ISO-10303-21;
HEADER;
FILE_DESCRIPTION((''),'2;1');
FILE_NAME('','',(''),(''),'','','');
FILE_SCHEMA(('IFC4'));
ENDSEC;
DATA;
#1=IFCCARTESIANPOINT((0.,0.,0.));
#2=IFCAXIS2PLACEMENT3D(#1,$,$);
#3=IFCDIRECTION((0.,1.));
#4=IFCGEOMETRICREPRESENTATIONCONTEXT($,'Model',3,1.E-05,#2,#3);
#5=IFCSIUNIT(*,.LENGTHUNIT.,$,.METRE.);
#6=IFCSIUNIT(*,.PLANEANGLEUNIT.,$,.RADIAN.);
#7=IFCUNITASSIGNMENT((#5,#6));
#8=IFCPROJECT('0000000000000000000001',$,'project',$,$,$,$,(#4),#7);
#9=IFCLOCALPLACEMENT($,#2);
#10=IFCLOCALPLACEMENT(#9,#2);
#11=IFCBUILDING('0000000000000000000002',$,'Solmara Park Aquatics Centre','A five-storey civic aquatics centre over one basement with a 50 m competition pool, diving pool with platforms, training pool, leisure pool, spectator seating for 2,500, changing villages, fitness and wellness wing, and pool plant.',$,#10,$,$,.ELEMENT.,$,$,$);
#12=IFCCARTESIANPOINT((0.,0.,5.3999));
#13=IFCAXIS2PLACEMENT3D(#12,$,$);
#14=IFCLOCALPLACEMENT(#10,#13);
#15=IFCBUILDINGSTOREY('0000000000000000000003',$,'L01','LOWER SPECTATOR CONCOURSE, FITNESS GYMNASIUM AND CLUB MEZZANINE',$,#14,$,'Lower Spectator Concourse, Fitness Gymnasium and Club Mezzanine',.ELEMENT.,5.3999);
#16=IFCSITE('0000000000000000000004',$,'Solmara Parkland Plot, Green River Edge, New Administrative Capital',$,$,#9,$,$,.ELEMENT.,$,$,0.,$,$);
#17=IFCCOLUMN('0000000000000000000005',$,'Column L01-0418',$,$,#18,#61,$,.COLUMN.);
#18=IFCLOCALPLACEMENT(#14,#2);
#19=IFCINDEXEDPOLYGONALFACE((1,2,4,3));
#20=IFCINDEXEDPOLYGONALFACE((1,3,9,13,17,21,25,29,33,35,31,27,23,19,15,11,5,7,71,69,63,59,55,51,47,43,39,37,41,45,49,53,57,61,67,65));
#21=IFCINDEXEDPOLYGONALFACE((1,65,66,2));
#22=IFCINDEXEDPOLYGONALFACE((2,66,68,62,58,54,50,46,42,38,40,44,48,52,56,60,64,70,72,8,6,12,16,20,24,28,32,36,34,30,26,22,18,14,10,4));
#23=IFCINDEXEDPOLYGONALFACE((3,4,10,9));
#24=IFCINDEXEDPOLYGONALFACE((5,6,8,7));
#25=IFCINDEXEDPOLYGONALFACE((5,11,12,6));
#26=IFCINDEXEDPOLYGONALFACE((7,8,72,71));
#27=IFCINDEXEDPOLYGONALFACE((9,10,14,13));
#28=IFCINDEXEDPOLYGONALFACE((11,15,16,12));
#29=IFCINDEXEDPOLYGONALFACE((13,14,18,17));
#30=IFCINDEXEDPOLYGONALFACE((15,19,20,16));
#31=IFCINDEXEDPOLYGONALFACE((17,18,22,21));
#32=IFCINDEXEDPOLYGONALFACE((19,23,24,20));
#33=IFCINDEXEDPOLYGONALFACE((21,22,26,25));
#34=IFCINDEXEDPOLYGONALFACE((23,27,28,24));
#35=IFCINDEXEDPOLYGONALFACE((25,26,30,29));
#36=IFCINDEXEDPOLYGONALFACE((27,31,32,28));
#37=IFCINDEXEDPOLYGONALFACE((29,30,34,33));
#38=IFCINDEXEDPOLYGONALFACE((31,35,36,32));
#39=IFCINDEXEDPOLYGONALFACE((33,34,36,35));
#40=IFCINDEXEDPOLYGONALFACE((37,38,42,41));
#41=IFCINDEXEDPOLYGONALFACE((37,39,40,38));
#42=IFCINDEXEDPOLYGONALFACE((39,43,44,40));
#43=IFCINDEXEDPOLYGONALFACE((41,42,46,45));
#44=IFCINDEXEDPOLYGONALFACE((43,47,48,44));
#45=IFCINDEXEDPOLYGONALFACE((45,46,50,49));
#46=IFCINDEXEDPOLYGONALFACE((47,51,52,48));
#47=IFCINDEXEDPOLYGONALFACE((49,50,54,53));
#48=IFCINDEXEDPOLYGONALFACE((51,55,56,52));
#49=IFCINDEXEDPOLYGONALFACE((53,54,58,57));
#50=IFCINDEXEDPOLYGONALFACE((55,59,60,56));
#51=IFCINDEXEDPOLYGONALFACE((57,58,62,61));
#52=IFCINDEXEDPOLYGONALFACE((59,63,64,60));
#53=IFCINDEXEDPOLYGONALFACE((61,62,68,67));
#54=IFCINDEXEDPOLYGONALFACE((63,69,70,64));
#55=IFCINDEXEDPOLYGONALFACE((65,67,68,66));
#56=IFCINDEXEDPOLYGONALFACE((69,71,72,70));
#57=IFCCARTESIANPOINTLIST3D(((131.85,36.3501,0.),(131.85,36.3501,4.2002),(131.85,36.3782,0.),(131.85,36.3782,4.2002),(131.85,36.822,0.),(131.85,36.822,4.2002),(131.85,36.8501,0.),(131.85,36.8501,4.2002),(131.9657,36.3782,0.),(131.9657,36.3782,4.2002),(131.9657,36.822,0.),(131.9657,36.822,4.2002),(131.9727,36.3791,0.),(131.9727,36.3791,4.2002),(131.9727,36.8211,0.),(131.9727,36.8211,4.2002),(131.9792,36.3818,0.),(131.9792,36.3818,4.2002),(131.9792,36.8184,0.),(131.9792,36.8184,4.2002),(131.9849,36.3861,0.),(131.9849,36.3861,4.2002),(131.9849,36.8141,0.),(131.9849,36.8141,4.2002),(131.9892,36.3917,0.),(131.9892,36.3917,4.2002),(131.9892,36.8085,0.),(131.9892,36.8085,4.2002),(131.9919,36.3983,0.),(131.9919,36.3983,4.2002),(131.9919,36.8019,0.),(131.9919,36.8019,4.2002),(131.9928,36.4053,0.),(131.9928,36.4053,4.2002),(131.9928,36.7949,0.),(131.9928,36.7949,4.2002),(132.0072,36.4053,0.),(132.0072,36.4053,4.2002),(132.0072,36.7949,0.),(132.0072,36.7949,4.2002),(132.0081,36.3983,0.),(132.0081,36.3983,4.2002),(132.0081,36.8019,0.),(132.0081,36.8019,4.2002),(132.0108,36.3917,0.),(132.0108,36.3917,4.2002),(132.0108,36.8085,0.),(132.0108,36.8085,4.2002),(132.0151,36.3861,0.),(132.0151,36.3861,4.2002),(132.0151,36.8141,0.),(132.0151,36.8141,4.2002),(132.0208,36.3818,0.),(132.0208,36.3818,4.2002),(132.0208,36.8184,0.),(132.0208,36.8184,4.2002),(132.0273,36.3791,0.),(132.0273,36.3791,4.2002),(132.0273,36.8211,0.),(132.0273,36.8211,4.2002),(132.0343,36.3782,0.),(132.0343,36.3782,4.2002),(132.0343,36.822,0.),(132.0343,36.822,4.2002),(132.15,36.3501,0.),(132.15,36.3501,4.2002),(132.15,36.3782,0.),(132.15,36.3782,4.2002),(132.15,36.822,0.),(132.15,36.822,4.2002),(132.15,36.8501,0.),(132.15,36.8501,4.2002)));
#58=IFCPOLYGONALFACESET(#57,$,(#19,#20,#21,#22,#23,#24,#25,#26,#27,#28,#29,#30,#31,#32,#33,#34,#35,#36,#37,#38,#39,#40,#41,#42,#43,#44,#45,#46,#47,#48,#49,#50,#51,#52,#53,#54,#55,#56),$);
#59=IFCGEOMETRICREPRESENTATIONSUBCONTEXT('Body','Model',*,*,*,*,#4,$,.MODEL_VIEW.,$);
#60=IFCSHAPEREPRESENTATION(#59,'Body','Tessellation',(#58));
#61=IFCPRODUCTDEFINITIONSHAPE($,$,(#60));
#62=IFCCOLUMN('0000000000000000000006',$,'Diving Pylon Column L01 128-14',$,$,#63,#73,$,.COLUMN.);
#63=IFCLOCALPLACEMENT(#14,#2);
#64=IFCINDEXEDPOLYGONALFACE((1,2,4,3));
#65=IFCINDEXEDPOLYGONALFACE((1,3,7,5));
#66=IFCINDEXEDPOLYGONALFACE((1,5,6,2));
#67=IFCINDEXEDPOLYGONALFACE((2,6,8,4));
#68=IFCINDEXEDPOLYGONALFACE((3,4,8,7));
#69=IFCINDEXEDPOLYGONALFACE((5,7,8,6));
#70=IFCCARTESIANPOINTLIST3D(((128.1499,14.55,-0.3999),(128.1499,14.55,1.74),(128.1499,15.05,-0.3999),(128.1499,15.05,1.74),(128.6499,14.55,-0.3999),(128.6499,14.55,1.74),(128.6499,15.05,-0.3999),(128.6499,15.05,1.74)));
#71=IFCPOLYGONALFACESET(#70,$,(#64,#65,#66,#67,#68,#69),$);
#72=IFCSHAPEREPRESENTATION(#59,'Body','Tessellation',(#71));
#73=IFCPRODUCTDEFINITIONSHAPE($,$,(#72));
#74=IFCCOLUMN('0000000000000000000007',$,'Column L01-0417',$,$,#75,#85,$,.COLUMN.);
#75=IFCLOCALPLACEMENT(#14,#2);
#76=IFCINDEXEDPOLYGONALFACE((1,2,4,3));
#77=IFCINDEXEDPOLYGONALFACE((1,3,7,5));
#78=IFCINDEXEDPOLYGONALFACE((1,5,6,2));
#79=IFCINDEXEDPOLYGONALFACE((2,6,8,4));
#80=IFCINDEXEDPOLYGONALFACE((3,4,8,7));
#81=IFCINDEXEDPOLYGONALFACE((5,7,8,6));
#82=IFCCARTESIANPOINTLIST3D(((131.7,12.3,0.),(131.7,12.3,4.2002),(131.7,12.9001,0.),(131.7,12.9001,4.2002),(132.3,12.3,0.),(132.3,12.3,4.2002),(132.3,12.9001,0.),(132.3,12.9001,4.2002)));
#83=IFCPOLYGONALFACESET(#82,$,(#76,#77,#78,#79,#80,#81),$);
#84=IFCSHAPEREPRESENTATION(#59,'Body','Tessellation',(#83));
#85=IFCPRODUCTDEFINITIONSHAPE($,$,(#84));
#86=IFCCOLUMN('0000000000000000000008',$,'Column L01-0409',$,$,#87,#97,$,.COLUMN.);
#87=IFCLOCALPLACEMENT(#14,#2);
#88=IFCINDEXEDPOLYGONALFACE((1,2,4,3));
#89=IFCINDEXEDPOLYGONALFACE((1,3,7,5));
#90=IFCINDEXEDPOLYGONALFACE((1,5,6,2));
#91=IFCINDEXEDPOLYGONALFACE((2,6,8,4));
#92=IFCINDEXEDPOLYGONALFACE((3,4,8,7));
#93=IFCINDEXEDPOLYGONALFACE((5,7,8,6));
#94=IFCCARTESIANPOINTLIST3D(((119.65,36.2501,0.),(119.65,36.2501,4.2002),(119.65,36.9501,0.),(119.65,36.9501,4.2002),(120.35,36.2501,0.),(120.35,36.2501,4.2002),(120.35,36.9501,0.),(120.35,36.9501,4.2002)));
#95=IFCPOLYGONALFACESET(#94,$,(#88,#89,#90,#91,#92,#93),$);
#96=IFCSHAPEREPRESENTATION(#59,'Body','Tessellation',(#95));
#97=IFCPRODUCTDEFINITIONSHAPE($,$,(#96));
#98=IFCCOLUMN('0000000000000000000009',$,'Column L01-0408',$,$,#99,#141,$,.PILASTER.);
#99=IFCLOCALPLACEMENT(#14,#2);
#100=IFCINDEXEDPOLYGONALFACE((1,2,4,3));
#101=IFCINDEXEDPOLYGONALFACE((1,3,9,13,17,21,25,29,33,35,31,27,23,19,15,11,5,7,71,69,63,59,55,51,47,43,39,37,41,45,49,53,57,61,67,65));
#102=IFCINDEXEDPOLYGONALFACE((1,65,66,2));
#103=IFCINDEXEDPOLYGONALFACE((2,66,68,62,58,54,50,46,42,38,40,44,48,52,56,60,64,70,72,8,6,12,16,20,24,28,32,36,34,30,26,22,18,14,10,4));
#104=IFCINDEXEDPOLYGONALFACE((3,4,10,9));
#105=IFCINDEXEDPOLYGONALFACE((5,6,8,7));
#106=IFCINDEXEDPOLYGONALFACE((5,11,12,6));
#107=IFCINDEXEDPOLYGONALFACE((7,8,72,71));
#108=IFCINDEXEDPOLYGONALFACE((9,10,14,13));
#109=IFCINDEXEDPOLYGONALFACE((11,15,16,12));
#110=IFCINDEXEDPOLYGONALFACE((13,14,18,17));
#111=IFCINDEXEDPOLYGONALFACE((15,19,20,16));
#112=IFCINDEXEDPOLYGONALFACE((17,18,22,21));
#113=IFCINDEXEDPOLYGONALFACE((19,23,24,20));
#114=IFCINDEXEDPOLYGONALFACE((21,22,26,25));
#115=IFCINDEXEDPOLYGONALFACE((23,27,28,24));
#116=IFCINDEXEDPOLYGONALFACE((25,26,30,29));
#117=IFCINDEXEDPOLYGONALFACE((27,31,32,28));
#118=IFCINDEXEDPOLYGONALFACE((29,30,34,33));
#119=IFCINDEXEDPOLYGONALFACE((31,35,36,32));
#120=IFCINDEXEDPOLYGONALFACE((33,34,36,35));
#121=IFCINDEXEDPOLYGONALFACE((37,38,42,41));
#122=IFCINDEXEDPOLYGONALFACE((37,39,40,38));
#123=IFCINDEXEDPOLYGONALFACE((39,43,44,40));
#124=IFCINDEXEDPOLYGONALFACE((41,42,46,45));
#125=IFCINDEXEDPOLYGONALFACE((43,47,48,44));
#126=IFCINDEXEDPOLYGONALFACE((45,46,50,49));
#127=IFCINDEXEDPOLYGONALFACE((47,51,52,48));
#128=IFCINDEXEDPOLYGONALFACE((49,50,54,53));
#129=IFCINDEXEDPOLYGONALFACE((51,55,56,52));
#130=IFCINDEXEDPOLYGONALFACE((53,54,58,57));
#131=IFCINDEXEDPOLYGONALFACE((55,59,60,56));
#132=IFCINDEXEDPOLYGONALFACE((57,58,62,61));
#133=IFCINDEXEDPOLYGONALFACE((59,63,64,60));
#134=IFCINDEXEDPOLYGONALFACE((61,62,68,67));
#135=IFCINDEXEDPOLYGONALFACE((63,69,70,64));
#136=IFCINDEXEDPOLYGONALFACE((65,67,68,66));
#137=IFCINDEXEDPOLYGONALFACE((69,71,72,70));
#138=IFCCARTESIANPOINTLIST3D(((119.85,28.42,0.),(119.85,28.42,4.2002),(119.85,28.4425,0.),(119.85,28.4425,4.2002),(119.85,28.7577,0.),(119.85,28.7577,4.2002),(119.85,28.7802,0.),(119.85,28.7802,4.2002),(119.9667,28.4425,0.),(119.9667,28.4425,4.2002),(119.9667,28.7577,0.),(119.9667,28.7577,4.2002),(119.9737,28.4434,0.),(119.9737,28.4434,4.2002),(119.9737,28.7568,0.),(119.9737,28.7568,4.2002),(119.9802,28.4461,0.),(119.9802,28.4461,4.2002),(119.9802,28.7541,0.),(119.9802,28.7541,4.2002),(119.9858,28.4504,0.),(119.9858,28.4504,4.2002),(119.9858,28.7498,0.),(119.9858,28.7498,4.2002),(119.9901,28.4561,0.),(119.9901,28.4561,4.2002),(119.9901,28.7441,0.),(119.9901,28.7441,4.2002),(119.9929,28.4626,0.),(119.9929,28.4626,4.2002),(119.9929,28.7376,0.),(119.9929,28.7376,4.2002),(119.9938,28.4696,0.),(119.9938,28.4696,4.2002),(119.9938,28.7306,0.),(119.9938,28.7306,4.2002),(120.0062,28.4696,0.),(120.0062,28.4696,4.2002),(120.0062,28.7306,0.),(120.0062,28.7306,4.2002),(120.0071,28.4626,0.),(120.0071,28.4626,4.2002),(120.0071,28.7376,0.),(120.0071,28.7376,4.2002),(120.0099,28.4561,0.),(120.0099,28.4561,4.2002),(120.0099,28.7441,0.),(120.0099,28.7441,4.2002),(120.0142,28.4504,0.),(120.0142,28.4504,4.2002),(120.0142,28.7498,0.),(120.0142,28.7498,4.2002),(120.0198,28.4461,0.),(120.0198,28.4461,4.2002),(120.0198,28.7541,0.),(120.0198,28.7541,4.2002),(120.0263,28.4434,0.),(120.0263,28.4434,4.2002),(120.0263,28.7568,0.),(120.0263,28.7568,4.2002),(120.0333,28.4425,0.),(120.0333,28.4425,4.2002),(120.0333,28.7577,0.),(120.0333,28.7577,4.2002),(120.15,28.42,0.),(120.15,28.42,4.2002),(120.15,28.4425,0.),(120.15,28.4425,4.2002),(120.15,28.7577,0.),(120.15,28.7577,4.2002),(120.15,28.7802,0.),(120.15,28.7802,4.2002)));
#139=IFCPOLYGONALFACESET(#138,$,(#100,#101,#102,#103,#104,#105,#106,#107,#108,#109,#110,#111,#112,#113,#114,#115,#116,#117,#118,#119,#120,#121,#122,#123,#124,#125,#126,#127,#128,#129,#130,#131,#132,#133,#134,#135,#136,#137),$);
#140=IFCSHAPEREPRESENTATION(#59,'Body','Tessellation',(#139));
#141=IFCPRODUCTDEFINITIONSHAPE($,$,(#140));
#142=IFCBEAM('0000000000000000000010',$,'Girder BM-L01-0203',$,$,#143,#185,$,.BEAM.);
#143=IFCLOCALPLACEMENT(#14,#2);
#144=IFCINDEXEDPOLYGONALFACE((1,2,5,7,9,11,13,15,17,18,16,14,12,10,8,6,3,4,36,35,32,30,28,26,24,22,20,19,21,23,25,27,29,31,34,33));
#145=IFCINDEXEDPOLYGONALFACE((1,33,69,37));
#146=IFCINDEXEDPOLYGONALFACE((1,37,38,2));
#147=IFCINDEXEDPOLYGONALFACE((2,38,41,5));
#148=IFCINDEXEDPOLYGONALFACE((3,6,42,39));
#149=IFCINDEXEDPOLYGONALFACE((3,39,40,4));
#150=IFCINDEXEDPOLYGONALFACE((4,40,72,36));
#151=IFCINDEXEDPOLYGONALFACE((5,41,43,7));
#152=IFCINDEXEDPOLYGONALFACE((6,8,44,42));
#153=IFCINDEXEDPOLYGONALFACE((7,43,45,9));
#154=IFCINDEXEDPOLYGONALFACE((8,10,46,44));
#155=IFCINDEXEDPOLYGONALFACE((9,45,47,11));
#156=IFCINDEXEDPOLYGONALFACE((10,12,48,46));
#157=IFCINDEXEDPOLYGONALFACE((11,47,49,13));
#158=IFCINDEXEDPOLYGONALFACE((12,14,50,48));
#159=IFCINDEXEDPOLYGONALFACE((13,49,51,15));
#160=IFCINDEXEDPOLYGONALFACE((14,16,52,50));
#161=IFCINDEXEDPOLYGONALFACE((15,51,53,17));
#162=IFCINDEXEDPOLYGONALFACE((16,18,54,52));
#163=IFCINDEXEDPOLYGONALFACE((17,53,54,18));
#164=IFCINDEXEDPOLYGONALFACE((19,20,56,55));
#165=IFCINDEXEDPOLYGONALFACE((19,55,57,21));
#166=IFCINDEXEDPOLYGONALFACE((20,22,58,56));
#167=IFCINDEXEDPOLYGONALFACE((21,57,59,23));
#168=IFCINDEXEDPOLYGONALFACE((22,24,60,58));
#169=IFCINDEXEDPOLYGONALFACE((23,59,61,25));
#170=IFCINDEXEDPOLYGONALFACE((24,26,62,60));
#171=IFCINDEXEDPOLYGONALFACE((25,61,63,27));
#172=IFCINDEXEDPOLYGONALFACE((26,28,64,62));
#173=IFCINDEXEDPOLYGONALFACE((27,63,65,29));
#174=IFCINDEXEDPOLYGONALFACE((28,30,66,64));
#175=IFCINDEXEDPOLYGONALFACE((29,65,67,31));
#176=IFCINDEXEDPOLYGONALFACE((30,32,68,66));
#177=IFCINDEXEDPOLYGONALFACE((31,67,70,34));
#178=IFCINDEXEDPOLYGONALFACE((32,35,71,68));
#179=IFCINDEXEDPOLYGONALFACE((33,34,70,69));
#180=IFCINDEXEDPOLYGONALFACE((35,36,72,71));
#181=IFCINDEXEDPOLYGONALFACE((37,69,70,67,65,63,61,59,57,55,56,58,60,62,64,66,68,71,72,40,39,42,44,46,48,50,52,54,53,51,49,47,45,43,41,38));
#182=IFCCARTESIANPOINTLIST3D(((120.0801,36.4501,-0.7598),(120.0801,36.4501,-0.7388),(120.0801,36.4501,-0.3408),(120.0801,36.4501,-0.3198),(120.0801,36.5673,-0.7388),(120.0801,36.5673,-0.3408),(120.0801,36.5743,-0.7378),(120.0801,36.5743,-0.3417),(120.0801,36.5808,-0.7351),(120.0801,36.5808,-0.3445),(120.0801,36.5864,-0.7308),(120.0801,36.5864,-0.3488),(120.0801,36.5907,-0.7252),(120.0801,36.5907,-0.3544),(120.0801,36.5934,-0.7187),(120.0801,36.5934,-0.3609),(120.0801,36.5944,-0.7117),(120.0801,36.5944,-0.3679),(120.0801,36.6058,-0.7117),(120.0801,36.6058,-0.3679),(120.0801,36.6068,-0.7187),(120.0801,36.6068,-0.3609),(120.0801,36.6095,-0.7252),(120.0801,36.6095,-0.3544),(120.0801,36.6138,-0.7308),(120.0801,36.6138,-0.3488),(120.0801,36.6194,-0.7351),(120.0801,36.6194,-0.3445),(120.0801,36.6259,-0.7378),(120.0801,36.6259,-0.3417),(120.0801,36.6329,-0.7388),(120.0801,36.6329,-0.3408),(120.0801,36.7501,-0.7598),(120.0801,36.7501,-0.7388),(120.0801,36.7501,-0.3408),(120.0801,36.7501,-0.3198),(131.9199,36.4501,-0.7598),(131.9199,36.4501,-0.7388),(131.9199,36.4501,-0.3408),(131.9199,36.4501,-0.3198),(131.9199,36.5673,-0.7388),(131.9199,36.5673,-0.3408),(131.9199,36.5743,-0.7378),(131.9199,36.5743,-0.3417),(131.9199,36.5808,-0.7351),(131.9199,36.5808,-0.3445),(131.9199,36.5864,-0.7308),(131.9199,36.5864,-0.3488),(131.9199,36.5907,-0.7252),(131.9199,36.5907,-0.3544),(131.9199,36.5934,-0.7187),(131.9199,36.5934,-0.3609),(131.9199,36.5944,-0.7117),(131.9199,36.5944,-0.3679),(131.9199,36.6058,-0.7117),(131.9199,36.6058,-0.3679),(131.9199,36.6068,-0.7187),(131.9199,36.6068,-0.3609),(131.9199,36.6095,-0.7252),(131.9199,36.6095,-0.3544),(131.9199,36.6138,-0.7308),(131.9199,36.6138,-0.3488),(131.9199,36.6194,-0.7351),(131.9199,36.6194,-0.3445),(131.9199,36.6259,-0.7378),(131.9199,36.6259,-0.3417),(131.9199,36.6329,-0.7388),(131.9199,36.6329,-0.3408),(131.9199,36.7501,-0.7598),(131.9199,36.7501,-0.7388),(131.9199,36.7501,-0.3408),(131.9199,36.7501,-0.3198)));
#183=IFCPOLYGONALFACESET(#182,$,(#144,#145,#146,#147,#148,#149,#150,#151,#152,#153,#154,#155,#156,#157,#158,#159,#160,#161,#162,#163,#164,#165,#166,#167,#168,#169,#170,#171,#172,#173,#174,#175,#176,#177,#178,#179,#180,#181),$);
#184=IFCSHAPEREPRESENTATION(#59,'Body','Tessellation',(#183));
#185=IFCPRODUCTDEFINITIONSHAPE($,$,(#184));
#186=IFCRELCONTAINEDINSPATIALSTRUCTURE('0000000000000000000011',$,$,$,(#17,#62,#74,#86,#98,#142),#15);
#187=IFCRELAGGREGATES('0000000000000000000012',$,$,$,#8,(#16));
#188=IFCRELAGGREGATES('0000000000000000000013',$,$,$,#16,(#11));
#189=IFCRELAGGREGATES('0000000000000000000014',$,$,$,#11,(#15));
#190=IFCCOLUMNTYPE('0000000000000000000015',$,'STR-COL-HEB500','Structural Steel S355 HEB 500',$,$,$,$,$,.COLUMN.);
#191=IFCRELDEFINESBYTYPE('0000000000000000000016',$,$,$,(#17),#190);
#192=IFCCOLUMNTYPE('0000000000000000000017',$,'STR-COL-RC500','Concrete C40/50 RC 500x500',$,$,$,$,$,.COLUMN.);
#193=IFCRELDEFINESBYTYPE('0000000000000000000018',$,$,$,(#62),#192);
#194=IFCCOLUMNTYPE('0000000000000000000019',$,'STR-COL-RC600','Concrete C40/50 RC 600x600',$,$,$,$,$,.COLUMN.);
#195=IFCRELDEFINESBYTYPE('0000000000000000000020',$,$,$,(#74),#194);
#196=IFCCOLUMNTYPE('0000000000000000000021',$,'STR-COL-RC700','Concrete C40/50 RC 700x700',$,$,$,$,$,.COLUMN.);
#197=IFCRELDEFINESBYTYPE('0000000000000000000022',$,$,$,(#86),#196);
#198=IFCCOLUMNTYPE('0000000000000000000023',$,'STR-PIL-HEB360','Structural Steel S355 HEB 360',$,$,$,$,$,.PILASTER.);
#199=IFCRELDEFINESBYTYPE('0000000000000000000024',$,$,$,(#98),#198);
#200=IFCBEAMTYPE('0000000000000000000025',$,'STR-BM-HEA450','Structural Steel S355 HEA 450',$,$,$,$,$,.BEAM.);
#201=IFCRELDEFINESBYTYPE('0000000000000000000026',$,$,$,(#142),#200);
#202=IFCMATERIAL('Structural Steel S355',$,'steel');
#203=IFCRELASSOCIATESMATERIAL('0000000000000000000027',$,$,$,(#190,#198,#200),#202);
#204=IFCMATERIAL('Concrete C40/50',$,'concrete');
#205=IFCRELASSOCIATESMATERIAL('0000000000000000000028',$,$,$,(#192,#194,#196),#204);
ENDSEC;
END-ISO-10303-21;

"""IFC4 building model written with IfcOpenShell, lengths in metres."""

from ifc_helpers import new_model, si_unit, direction, frame, origin, origin_2d, place, context, subcontext, project, spatial, rectangle, i_section, extrude, material, material_profile, profile_set, type_object, element, save


model = new_model("IFC4")

# Units and contexts
model_context = context("Model", 3, precision=1e-05, world=origin(), true_north=direction((0.0, 1.0)))
body_context = subcontext(model_context, "Body", "Model", "MODEL_VIEW")
ifc_project = project(units=[si_unit("LENGTHUNIT", "METRE"), si_unit("PLANEANGLEUNIT", "RADIAN")], contexts=[model_context])

# Site, building, storey
site_placement = place(None, origin())
site = spatial("IfcSite", under=ifc_project, at=site_placement, Name="Solmara Parkland Plot, Green River Edge, New Administrative Capital", CompositionType="ELEMENT", RefElevation=0.0)
building_placement = place(site_placement, origin())
building = spatial("IfcBuilding", under=site, at=building_placement, Name="Solmara Park Aquatics Centre", Description="A five-storey civic aquatics centre over one basement with a 50 m competition pool, diving pool with platforms, training pool, leisure pool, spectator seating for 2,500, changing villages, fitness and wellness wing, and pool plant.", CompositionType="ELEMENT")
storey_placement = place(building_placement, frame((0.0, 0.0, 5.3999)))
storey = spatial("IfcBuildingStorey", under=building, at=storey_placement, Name="L01", Description="LOWER SPECTATOR CONCOURSE, FITNESS GYMNASIUM AND CLUB MEZZANINE", LongName="Lower Spectator Concourse, Fitness Gymnasium and Club Mezzanine", CompositionType="ELEMENT", Elevation=5.3999)

# Columns
ifc_material_1 = material(Name="Structural Steel S355", Category="steel")
ifc_material_profile_1 = material_profile(ifc_material_1, i_section(OverallWidth=0.3, OverallDepth=0.5, WebThickness=0.0144, FlangeThickness=0.0281, FilletRadius=0.0271, at=origin_2d()), Name="HEB 500")
ifc_profile_set_1 = profile_set([ifc_material_profile_1], Name="Structural Steel S355")
column_type_1 = type_object("IfcColumnType", Name="STR-COL-HEB500", Description="Structural Steel S355 HEB 500", PredefinedType="COLUMN", material=ifc_profile_set_1)
column_1_placement = place(storey_placement, frame((132.0, 36.6001, 0.0), z_axis=(0.0, 0.0, 1.0), x_axis=(1.0, 0.0, 0.0)))
element("IfcColumn", 1, at=column_1_placement, inside=storey, type_object=column_type_1, Name="Column L01-0418", PredefinedType="COLUMN", context=body_context, shape_type="SweptSolid", body=[
    extrude(i_section(OverallWidth=0.3, OverallDepth=0.5, WebThickness=0.0144, FlangeThickness=0.0281, FilletRadius=0.0271, at=origin_2d()), origin(), (0.0, 0.0, 1.0), 4.2002),
])
ifc_material_2 = material(Name="Concrete C40/50", Category="concrete")
ifc_material_profile_2 = material_profile(ifc_material_2, rectangle(XDim=0.5, YDim=0.5, at=origin_2d()), Name="RC 500x500")
ifc_profile_set_2 = profile_set([ifc_material_profile_2], Name="Concrete C40/50")
column_type_2 = type_object("IfcColumnType", Name="STR-COL-RC500", Description="Concrete C40/50 RC 500x500", PredefinedType="COLUMN", material=ifc_profile_set_2)
column_2_placement = place(storey_placement, frame((128.3999, 14.8, -0.3999), z_axis=(0.0, 0.0, 1.0), x_axis=(1.0, 0.0, 0.0)))
element("IfcColumn", 2, at=column_2_placement, inside=storey, type_object=column_type_2, Name="Diving Pylon Column L01 128-14", PredefinedType="COLUMN", context=body_context, shape_type="SweptSolid", body=[
    extrude(rectangle(XDim=0.5, YDim=0.5, at=origin_2d()), origin(), (0.0, 0.0, 1.0), 2.1399),
])
ifc_material_profile_3 = material_profile(ifc_material_2, rectangle(XDim=0.6001, YDim=0.6001, at=origin_2d()), Name="RC 600x600")
ifc_profile_set_3 = profile_set([ifc_material_profile_3], Name="Concrete C40/50")
column_type_3 = type_object("IfcColumnType", Name="STR-COL-RC600", Description="Concrete C40/50 RC 600x600", PredefinedType="COLUMN", material=ifc_profile_set_3)
column_3_placement = place(storey_placement, frame((132.0, 12.6001, 0.0), z_axis=(0.0, 0.0, 1.0), x_axis=(1.0, 0.0, 0.0)))
element("IfcColumn", 3, at=column_3_placement, inside=storey, type_object=column_type_3, Name="Column L01-0417", PredefinedType="COLUMN", context=body_context, shape_type="SweptSolid", body=[
    extrude(rectangle(XDim=0.6001, YDim=0.6001, at=origin_2d()), origin(), (0.0, 0.0, 1.0), 4.2002),
])
ifc_material_profile_4 = material_profile(ifc_material_2, rectangle(XDim=0.7, YDim=0.7, at=origin_2d()), Name="RC 700x700")
ifc_profile_set_4 = profile_set([ifc_material_profile_4], Name="Concrete C40/50")
column_type_4 = type_object("IfcColumnType", Name="STR-COL-RC700", Description="Concrete C40/50 RC 700x700", PredefinedType="COLUMN", material=ifc_profile_set_4)
column_4_placement = place(storey_placement, frame((120.0, 36.6001, 0.0), z_axis=(0.0, 0.0, 1.0), x_axis=(1.0, 0.0, 0.0)))
element("IfcColumn", 4, at=column_4_placement, inside=storey, type_object=column_type_4, Name="Column L01-0409", PredefinedType="COLUMN", context=body_context, shape_type="SweptSolid", body=[
    extrude(rectangle(XDim=0.7, YDim=0.7, at=origin_2d()), origin(), (0.0, 0.0, 1.0), 4.2002),
])
ifc_material_profile_5 = material_profile(ifc_material_1, i_section(OverallWidth=0.3, OverallDepth=0.3601, WebThickness=0.0125, FlangeThickness=0.0225, FilletRadius=0.0271, at=origin_2d()), Name="HEB 360")
ifc_profile_set_5 = profile_set([ifc_material_profile_5], Name="Structural Steel S355")
column_type_5 = type_object("IfcColumnType", Name="STR-PIL-HEB360", Description="Structural Steel S355 HEB 360", PredefinedType="PILASTER", material=ifc_profile_set_5)
column_5_placement = place(storey_placement, frame((120.0, 28.6001, 0.0), z_axis=(0.0, 0.0, 1.0), x_axis=(1.0, 0.0, 0.0)))
element("IfcColumn", 5, at=column_5_placement, inside=storey, type_object=column_type_5, Name="Column L01-0408", PredefinedType="PILASTER", context=body_context, shape_type="SweptSolid", body=[
    extrude(i_section(OverallWidth=0.3, OverallDepth=0.3601, WebThickness=0.0125, FlangeThickness=0.0225, FilletRadius=0.0271, at=origin_2d()), origin(), (0.0, 0.0, 1.0), 4.2002),
])

# Beam
ifc_material_profile_6 = material_profile(ifc_material_1, i_section(OverallWidth=0.3, OverallDepth=0.4399, WebThickness=0.0115, FlangeThickness=0.021, FilletRadius=0.0271, at=origin_2d()), Name="HEA 450")
ifc_profile_set_6 = profile_set([ifc_material_profile_6], Name="Structural Steel S355")
beam_type_1 = type_object("IfcBeamType", Name="STR-BM-HEA450", Description="Structural Steel S355 HEA 450", PredefinedType="BEAM", material=ifc_profile_set_6)
beam_1_placement = place(storey_placement, frame((120.0801, 36.6001, -0.5398), z_axis=(1.0, 0.0, 0.0), x_axis=(0.0, 1.0, 0.0)))
element("IfcBeam", 6, at=beam_1_placement, inside=storey, type_object=beam_type_1, Name="Girder BM-L01-0203", PredefinedType="BEAM", context=body_context, shape_type="SweptSolid", body=[
    extrude(i_section(OverallWidth=0.3, OverallDepth=0.4399, WebThickness=0.0115, FlangeThickness=0.021, FilletRadius=0.0271, at=origin_2d()), origin(), (0.0, 0.0, 1.0), 11.8398),
])

save(model, "model.ifc")
